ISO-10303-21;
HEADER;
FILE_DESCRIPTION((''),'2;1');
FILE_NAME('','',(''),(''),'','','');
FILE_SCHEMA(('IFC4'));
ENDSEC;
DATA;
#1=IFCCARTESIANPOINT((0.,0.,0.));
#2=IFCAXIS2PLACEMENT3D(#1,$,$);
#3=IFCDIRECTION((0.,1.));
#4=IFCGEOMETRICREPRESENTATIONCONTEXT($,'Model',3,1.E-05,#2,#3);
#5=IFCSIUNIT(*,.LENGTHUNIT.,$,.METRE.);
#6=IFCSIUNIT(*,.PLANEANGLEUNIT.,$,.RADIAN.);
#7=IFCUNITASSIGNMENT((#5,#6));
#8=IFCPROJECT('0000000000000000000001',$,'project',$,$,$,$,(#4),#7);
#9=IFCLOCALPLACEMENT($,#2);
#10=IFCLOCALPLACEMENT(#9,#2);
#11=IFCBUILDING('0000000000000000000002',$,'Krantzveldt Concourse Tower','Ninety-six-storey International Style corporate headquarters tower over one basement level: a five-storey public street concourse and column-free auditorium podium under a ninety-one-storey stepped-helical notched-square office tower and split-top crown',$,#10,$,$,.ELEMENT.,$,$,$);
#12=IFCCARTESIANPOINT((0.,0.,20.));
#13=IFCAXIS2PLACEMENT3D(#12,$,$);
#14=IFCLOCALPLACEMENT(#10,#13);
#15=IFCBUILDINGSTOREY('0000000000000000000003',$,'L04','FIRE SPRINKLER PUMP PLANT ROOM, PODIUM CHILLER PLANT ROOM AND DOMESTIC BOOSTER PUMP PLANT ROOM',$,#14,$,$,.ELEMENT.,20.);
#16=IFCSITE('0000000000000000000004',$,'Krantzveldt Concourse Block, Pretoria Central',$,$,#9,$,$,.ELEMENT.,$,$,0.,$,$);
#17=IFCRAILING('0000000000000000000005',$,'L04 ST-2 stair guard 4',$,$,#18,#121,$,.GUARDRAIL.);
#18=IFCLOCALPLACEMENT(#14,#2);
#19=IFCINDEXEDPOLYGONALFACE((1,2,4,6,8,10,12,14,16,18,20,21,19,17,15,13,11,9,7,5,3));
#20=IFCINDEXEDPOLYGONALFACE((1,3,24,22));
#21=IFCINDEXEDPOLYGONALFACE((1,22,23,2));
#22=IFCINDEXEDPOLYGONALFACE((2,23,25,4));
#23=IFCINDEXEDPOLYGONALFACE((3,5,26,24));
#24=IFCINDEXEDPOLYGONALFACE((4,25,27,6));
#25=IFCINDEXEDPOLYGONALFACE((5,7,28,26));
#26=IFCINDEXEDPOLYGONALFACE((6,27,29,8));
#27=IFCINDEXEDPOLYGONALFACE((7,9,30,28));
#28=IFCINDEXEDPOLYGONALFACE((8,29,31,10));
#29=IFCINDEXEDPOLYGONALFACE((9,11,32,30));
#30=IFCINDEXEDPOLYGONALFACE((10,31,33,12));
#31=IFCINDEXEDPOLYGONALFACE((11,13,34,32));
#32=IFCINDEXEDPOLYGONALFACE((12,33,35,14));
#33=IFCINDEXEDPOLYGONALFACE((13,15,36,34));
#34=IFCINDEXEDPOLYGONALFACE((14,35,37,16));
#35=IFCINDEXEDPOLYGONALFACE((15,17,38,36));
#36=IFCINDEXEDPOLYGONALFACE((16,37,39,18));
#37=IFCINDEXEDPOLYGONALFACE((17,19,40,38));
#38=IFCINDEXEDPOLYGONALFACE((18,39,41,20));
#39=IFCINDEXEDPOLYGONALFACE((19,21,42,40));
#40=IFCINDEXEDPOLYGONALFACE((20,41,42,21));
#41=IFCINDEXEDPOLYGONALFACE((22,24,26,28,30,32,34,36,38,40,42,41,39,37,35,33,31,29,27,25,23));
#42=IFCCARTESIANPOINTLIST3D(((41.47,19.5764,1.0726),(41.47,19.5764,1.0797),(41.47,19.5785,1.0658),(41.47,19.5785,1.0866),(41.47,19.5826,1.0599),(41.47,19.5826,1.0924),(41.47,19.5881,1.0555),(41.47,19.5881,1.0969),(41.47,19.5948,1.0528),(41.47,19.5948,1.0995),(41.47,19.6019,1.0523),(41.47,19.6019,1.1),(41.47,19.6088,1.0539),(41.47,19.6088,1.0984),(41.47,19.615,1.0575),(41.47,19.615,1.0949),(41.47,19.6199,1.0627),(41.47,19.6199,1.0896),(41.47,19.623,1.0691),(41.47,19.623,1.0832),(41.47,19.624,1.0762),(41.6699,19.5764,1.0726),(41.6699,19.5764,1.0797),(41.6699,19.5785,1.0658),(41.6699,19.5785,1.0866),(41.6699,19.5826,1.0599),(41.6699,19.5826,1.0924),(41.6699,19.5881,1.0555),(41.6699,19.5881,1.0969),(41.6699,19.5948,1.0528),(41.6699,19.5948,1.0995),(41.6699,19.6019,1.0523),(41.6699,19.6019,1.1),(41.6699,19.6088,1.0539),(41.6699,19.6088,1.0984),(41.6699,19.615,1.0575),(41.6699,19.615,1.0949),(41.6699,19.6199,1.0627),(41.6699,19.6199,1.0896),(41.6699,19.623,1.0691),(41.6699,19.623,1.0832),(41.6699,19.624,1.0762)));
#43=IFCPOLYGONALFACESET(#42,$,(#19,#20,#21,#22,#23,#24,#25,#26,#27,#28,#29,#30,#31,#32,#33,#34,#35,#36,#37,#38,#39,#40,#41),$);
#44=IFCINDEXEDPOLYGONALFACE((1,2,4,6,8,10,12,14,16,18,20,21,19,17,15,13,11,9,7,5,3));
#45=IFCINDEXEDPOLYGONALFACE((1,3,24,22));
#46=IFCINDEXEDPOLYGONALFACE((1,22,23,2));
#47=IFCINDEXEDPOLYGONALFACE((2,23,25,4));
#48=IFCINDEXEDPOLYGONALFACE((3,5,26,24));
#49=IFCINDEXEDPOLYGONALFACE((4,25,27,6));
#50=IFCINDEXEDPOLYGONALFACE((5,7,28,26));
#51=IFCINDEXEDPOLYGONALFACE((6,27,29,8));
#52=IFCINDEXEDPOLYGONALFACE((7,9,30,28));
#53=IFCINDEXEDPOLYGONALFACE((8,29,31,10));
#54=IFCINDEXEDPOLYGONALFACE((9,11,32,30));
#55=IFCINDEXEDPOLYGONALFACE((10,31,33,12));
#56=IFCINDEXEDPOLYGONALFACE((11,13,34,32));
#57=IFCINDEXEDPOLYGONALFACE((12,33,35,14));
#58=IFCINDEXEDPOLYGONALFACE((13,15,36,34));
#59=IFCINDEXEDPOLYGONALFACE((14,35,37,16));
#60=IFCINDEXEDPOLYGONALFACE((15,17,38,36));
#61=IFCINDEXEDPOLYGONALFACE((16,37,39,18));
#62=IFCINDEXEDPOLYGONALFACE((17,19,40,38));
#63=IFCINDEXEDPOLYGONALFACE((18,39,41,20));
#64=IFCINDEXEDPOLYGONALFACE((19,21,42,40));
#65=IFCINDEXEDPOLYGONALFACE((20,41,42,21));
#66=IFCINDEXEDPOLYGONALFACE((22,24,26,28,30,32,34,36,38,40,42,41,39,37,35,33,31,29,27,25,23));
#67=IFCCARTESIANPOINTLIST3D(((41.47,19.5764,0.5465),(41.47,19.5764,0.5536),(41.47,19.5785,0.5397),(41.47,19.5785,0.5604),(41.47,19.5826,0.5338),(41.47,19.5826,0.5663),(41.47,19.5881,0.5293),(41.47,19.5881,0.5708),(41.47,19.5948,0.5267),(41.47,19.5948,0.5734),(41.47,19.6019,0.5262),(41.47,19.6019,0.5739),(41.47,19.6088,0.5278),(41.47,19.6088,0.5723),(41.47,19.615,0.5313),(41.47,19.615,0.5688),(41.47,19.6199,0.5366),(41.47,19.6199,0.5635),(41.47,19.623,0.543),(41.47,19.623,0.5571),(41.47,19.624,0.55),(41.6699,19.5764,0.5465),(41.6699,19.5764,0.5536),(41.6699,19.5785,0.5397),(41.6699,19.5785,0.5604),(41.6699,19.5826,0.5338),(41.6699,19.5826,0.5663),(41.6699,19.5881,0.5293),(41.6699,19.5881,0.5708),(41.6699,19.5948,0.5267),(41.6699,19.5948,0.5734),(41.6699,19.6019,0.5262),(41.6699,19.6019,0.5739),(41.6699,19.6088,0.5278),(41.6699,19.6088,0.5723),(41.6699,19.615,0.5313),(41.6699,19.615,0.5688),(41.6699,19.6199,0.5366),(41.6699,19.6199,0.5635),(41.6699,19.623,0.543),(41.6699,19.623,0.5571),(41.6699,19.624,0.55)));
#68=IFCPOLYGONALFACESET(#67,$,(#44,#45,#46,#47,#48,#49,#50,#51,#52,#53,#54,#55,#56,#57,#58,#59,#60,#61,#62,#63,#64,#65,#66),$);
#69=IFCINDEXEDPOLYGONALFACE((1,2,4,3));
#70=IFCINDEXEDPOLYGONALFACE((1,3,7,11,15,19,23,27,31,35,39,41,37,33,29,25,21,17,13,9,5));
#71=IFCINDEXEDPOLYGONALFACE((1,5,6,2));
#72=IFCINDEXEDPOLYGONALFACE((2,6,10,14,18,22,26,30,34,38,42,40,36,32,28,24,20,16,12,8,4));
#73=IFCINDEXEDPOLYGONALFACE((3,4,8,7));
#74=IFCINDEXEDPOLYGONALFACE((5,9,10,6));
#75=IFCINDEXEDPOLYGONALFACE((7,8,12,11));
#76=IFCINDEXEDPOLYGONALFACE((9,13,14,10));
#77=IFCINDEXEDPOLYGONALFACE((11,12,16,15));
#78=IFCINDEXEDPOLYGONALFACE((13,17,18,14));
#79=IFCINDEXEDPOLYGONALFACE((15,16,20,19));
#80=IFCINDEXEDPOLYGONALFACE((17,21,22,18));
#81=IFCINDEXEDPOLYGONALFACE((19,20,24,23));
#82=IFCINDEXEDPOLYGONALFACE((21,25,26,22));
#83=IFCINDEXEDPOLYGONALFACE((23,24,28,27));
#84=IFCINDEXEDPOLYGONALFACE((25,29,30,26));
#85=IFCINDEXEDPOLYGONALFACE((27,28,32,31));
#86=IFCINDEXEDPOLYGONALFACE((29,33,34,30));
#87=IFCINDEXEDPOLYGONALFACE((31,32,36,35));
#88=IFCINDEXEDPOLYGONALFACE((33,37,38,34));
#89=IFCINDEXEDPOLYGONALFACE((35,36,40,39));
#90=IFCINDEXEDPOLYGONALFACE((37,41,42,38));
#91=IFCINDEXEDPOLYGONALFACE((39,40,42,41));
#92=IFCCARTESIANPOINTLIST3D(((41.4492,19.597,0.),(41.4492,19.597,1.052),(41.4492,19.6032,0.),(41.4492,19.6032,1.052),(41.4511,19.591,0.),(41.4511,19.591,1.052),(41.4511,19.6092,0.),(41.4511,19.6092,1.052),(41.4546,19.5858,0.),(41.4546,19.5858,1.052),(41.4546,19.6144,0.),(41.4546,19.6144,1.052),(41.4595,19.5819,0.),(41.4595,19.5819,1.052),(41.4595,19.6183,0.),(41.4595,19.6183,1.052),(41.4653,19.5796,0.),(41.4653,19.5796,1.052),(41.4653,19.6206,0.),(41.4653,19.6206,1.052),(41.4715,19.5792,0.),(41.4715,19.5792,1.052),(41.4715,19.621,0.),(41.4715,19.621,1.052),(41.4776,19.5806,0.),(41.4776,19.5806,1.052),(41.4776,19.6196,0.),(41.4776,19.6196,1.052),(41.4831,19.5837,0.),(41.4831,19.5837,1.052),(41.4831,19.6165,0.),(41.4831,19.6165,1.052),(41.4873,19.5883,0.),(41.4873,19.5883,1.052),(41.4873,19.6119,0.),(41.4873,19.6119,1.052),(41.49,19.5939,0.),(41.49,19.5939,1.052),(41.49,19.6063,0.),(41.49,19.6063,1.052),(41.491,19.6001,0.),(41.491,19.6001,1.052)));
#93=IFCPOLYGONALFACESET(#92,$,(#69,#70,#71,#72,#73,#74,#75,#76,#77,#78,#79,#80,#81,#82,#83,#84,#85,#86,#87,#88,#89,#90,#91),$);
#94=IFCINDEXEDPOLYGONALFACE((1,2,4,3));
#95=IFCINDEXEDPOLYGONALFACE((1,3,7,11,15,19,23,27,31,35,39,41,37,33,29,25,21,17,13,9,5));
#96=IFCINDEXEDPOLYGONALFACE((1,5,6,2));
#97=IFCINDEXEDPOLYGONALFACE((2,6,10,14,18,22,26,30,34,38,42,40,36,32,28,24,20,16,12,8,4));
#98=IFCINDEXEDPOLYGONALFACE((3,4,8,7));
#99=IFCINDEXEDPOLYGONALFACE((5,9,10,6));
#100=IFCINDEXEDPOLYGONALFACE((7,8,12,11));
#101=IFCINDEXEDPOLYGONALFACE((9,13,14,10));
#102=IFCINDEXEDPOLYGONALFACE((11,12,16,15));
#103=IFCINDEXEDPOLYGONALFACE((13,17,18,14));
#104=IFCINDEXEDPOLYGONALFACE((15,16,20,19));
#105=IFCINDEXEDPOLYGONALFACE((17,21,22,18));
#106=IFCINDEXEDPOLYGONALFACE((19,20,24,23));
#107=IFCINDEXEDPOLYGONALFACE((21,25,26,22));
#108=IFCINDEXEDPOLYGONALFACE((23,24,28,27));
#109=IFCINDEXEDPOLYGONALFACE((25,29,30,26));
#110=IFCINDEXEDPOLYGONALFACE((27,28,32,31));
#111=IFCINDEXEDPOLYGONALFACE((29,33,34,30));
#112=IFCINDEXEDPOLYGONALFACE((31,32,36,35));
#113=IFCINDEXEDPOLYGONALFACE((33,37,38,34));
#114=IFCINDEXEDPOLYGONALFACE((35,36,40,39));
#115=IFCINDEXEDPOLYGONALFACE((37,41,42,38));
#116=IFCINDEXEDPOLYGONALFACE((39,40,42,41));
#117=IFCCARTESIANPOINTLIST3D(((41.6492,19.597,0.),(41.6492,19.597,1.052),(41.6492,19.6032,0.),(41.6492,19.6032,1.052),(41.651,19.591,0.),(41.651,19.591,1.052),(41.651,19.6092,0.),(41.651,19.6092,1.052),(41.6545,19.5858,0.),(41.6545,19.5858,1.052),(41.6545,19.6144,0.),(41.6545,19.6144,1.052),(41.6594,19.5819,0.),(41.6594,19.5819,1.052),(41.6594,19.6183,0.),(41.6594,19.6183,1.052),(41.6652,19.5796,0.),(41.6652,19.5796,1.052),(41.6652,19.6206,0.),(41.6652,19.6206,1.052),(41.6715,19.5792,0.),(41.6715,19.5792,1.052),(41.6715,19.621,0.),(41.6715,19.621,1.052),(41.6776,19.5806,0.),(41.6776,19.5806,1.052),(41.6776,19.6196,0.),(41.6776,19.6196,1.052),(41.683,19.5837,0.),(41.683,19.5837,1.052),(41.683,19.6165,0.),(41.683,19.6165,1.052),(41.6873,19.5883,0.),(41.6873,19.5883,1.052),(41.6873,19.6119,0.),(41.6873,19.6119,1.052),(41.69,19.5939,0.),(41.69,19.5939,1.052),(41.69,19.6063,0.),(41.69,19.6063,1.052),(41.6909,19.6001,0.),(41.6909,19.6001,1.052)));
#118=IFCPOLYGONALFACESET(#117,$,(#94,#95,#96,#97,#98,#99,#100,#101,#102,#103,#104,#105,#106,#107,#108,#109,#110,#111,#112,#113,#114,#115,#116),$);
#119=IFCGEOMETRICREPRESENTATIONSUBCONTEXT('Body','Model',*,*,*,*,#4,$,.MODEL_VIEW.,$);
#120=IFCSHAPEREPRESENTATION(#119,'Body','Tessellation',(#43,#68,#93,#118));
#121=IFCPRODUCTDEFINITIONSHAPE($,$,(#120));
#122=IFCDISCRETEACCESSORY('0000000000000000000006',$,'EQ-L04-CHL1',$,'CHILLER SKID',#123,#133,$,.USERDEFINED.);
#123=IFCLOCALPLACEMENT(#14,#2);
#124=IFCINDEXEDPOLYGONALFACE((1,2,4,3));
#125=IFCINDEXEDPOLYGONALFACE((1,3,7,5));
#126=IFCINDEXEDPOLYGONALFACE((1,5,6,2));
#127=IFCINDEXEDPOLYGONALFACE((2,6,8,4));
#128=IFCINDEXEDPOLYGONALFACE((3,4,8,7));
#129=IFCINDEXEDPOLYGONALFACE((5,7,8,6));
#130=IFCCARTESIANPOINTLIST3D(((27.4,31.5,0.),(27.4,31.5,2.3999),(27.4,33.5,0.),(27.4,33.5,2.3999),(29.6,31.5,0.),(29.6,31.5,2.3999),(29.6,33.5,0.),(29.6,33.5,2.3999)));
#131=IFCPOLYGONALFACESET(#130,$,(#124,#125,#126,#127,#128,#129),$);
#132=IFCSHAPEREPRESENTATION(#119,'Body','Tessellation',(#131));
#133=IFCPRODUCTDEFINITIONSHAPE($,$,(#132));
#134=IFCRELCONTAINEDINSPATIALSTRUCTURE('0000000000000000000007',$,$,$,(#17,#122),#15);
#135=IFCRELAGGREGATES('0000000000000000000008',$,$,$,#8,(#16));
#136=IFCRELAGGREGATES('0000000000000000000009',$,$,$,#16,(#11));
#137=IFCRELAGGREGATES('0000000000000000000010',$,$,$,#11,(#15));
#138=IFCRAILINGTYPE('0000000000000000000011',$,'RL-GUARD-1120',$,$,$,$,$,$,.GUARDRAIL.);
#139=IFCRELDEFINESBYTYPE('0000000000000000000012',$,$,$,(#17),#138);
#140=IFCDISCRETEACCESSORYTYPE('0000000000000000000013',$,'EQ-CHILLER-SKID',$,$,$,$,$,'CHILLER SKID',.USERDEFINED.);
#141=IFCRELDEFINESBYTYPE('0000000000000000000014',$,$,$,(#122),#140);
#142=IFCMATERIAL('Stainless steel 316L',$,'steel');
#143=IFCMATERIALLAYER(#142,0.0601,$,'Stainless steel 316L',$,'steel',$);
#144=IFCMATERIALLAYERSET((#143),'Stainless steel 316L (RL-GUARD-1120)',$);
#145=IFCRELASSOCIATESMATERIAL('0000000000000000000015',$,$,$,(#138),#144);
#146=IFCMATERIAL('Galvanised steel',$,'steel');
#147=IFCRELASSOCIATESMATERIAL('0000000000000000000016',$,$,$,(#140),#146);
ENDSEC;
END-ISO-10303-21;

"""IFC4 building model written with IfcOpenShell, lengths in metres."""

from ifc_helpers import new_model, si_unit, direction, frame, origin, origin_2d, place, context, subcontext, project, spatial, rectangle, circle, extrude, source, transform, mapped, material, layer, layer_set, type_object, type_shapes, element, save


model = new_model("IFC4")

# Units and contexts
model_context = context("Model", 3, precision=1e-05, world=origin(), true_north=direction((0.0, 1.0)))
body_context = subcontext(model_context, "Body", "Model", "MODEL_VIEW")
ifc_project = project(units=[si_unit("LENGTHUNIT", "METRE"), si_unit("PLANEANGLEUNIT", "RADIAN")], contexts=[model_context])

# Site, building, storey
site_placement = place(None, origin())
site = spatial("IfcSite", under=ifc_project, at=site_placement, Name="Krantzveldt Concourse Block, Pretoria Central", CompositionType="ELEMENT", RefElevation=0.0)
building_placement = place(site_placement, origin())
building = spatial("IfcBuilding", under=site, at=building_placement, Name="Krantzveldt Concourse Tower", Description="Ninety-six-storey International Style corporate headquarters tower over one basement level: a five-storey public street concourse and column-free auditorium podium under a ninety-one-storey stepped-helical notched-square office tower and split-top crown", CompositionType="ELEMENT")
storey_placement = place(building_placement, frame((0.0, 0.0, 20.0)))
storey = spatial("IfcBuildingStorey", under=building, at=storey_placement, Name="L04", Description="FIRE SPRINKLER PUMP PLANT ROOM, PODIUM CHILLER PLANT ROOM AND DOMESTIC BOOSTER PUMP PLANT ROOM", CompositionType="ELEMENT", Elevation=20.0)

# Shared definitions
ifc_material_1 = material(Name="Stainless steel 316L", Category="steel")

# Shared definitions
ifc_material_2 = material(Name="Galvanised steel", Category="steel")

# Railing
ifc_layer_1 = layer(ifc_material_1, 0.0601, Name="Stainless steel 316L", Category="steel")
ifc_layer_set_1 = layer_set([ifc_layer_1], Name="Stainless steel 316L (RL-GUARD-1120)")
railing_type = type_object("IfcRailingType", Name="RL-GUARD-1120", PredefinedType="GUARDRAIL", material=ifc_layer_set_1)
railing_1_placement = place(storey_placement, frame((41.47, 19.6001, 0.0)))
element("IfcRailing", 1, at=railing_1_placement, inside=storey, type_object=railing_type, Name="L04 ST-2 stair guard 4", PredefinedType="GUARDRAIL", context=body_context, shape_type="SweptSolid", body=[
    extrude(circle(Radius=0.0239, at=origin_2d()), frame((0.0, 0.0, 1.0762), z_axis=(1.0, 0.0, 0.0), x_axis=(0.0, 1.0, 0.0)), (0.0, 0.0, 1.0), 0.2),
    extrude(circle(Radius=0.0239, at=origin_2d()), frame((0.0, 0.0, 0.55), z_axis=(1.0, 0.0, 0.0), x_axis=(0.0, 1.0, 0.0)), (0.0, 0.0, 1.0), 0.2),
    extrude(circle(Radius=0.021, at=origin_2d()), origin(), (0.0, 0.0, 1.0), 1.052),
    extrude(circle(Radius=0.021, at=origin_2d()), frame((0.2, 0.0, 0.0)), (0.0, 0.0, 1.0), 1.052),
])

# Discrete accessory
discrete_accessory_type = type_object("IfcDiscreteAccessoryType", Name="EQ-CHILLER-SKID", ElementType="CHILLER SKID", PredefinedType="USERDEFINED", material=ifc_material_2)
shared_shape_1 = source(origin(), body_context, "Body", "SweptSolid", [
    extrude(rectangle(XDim=2.2, YDim=2.0, at=origin_2d()), origin(), (0.0, 0.0, 1.0), 2.3999),
])
type_shapes(discrete_accessory_type, [shared_shape_1])
discrete_accessory_placement = place(storey_placement, frame((28.5, 32.5, 0.0), z_axis=(0.0, 0.0, 1.0), x_axis=(1.0, 0.0, 0.0)))
element("IfcDiscreteAccessory", 2, at=discrete_accessory_placement, inside=storey, type_object=discrete_accessory_type, Name="EQ-L04-CHL1", ObjectType="CHILLER SKID", PredefinedType="USERDEFINED", context=body_context, shape_type="MappedRepresentation", body=[
    mapped(shared_shape_1, transform((0.0, 0.0, 0.0), x_axis=(1.0, 0.0, 0.0), y_axis=(0.0, 1.0, 0.0), z_axis=(0.0, 0.0, 1.0), scale=1.0)),
])

save(model, "model.ifc")
